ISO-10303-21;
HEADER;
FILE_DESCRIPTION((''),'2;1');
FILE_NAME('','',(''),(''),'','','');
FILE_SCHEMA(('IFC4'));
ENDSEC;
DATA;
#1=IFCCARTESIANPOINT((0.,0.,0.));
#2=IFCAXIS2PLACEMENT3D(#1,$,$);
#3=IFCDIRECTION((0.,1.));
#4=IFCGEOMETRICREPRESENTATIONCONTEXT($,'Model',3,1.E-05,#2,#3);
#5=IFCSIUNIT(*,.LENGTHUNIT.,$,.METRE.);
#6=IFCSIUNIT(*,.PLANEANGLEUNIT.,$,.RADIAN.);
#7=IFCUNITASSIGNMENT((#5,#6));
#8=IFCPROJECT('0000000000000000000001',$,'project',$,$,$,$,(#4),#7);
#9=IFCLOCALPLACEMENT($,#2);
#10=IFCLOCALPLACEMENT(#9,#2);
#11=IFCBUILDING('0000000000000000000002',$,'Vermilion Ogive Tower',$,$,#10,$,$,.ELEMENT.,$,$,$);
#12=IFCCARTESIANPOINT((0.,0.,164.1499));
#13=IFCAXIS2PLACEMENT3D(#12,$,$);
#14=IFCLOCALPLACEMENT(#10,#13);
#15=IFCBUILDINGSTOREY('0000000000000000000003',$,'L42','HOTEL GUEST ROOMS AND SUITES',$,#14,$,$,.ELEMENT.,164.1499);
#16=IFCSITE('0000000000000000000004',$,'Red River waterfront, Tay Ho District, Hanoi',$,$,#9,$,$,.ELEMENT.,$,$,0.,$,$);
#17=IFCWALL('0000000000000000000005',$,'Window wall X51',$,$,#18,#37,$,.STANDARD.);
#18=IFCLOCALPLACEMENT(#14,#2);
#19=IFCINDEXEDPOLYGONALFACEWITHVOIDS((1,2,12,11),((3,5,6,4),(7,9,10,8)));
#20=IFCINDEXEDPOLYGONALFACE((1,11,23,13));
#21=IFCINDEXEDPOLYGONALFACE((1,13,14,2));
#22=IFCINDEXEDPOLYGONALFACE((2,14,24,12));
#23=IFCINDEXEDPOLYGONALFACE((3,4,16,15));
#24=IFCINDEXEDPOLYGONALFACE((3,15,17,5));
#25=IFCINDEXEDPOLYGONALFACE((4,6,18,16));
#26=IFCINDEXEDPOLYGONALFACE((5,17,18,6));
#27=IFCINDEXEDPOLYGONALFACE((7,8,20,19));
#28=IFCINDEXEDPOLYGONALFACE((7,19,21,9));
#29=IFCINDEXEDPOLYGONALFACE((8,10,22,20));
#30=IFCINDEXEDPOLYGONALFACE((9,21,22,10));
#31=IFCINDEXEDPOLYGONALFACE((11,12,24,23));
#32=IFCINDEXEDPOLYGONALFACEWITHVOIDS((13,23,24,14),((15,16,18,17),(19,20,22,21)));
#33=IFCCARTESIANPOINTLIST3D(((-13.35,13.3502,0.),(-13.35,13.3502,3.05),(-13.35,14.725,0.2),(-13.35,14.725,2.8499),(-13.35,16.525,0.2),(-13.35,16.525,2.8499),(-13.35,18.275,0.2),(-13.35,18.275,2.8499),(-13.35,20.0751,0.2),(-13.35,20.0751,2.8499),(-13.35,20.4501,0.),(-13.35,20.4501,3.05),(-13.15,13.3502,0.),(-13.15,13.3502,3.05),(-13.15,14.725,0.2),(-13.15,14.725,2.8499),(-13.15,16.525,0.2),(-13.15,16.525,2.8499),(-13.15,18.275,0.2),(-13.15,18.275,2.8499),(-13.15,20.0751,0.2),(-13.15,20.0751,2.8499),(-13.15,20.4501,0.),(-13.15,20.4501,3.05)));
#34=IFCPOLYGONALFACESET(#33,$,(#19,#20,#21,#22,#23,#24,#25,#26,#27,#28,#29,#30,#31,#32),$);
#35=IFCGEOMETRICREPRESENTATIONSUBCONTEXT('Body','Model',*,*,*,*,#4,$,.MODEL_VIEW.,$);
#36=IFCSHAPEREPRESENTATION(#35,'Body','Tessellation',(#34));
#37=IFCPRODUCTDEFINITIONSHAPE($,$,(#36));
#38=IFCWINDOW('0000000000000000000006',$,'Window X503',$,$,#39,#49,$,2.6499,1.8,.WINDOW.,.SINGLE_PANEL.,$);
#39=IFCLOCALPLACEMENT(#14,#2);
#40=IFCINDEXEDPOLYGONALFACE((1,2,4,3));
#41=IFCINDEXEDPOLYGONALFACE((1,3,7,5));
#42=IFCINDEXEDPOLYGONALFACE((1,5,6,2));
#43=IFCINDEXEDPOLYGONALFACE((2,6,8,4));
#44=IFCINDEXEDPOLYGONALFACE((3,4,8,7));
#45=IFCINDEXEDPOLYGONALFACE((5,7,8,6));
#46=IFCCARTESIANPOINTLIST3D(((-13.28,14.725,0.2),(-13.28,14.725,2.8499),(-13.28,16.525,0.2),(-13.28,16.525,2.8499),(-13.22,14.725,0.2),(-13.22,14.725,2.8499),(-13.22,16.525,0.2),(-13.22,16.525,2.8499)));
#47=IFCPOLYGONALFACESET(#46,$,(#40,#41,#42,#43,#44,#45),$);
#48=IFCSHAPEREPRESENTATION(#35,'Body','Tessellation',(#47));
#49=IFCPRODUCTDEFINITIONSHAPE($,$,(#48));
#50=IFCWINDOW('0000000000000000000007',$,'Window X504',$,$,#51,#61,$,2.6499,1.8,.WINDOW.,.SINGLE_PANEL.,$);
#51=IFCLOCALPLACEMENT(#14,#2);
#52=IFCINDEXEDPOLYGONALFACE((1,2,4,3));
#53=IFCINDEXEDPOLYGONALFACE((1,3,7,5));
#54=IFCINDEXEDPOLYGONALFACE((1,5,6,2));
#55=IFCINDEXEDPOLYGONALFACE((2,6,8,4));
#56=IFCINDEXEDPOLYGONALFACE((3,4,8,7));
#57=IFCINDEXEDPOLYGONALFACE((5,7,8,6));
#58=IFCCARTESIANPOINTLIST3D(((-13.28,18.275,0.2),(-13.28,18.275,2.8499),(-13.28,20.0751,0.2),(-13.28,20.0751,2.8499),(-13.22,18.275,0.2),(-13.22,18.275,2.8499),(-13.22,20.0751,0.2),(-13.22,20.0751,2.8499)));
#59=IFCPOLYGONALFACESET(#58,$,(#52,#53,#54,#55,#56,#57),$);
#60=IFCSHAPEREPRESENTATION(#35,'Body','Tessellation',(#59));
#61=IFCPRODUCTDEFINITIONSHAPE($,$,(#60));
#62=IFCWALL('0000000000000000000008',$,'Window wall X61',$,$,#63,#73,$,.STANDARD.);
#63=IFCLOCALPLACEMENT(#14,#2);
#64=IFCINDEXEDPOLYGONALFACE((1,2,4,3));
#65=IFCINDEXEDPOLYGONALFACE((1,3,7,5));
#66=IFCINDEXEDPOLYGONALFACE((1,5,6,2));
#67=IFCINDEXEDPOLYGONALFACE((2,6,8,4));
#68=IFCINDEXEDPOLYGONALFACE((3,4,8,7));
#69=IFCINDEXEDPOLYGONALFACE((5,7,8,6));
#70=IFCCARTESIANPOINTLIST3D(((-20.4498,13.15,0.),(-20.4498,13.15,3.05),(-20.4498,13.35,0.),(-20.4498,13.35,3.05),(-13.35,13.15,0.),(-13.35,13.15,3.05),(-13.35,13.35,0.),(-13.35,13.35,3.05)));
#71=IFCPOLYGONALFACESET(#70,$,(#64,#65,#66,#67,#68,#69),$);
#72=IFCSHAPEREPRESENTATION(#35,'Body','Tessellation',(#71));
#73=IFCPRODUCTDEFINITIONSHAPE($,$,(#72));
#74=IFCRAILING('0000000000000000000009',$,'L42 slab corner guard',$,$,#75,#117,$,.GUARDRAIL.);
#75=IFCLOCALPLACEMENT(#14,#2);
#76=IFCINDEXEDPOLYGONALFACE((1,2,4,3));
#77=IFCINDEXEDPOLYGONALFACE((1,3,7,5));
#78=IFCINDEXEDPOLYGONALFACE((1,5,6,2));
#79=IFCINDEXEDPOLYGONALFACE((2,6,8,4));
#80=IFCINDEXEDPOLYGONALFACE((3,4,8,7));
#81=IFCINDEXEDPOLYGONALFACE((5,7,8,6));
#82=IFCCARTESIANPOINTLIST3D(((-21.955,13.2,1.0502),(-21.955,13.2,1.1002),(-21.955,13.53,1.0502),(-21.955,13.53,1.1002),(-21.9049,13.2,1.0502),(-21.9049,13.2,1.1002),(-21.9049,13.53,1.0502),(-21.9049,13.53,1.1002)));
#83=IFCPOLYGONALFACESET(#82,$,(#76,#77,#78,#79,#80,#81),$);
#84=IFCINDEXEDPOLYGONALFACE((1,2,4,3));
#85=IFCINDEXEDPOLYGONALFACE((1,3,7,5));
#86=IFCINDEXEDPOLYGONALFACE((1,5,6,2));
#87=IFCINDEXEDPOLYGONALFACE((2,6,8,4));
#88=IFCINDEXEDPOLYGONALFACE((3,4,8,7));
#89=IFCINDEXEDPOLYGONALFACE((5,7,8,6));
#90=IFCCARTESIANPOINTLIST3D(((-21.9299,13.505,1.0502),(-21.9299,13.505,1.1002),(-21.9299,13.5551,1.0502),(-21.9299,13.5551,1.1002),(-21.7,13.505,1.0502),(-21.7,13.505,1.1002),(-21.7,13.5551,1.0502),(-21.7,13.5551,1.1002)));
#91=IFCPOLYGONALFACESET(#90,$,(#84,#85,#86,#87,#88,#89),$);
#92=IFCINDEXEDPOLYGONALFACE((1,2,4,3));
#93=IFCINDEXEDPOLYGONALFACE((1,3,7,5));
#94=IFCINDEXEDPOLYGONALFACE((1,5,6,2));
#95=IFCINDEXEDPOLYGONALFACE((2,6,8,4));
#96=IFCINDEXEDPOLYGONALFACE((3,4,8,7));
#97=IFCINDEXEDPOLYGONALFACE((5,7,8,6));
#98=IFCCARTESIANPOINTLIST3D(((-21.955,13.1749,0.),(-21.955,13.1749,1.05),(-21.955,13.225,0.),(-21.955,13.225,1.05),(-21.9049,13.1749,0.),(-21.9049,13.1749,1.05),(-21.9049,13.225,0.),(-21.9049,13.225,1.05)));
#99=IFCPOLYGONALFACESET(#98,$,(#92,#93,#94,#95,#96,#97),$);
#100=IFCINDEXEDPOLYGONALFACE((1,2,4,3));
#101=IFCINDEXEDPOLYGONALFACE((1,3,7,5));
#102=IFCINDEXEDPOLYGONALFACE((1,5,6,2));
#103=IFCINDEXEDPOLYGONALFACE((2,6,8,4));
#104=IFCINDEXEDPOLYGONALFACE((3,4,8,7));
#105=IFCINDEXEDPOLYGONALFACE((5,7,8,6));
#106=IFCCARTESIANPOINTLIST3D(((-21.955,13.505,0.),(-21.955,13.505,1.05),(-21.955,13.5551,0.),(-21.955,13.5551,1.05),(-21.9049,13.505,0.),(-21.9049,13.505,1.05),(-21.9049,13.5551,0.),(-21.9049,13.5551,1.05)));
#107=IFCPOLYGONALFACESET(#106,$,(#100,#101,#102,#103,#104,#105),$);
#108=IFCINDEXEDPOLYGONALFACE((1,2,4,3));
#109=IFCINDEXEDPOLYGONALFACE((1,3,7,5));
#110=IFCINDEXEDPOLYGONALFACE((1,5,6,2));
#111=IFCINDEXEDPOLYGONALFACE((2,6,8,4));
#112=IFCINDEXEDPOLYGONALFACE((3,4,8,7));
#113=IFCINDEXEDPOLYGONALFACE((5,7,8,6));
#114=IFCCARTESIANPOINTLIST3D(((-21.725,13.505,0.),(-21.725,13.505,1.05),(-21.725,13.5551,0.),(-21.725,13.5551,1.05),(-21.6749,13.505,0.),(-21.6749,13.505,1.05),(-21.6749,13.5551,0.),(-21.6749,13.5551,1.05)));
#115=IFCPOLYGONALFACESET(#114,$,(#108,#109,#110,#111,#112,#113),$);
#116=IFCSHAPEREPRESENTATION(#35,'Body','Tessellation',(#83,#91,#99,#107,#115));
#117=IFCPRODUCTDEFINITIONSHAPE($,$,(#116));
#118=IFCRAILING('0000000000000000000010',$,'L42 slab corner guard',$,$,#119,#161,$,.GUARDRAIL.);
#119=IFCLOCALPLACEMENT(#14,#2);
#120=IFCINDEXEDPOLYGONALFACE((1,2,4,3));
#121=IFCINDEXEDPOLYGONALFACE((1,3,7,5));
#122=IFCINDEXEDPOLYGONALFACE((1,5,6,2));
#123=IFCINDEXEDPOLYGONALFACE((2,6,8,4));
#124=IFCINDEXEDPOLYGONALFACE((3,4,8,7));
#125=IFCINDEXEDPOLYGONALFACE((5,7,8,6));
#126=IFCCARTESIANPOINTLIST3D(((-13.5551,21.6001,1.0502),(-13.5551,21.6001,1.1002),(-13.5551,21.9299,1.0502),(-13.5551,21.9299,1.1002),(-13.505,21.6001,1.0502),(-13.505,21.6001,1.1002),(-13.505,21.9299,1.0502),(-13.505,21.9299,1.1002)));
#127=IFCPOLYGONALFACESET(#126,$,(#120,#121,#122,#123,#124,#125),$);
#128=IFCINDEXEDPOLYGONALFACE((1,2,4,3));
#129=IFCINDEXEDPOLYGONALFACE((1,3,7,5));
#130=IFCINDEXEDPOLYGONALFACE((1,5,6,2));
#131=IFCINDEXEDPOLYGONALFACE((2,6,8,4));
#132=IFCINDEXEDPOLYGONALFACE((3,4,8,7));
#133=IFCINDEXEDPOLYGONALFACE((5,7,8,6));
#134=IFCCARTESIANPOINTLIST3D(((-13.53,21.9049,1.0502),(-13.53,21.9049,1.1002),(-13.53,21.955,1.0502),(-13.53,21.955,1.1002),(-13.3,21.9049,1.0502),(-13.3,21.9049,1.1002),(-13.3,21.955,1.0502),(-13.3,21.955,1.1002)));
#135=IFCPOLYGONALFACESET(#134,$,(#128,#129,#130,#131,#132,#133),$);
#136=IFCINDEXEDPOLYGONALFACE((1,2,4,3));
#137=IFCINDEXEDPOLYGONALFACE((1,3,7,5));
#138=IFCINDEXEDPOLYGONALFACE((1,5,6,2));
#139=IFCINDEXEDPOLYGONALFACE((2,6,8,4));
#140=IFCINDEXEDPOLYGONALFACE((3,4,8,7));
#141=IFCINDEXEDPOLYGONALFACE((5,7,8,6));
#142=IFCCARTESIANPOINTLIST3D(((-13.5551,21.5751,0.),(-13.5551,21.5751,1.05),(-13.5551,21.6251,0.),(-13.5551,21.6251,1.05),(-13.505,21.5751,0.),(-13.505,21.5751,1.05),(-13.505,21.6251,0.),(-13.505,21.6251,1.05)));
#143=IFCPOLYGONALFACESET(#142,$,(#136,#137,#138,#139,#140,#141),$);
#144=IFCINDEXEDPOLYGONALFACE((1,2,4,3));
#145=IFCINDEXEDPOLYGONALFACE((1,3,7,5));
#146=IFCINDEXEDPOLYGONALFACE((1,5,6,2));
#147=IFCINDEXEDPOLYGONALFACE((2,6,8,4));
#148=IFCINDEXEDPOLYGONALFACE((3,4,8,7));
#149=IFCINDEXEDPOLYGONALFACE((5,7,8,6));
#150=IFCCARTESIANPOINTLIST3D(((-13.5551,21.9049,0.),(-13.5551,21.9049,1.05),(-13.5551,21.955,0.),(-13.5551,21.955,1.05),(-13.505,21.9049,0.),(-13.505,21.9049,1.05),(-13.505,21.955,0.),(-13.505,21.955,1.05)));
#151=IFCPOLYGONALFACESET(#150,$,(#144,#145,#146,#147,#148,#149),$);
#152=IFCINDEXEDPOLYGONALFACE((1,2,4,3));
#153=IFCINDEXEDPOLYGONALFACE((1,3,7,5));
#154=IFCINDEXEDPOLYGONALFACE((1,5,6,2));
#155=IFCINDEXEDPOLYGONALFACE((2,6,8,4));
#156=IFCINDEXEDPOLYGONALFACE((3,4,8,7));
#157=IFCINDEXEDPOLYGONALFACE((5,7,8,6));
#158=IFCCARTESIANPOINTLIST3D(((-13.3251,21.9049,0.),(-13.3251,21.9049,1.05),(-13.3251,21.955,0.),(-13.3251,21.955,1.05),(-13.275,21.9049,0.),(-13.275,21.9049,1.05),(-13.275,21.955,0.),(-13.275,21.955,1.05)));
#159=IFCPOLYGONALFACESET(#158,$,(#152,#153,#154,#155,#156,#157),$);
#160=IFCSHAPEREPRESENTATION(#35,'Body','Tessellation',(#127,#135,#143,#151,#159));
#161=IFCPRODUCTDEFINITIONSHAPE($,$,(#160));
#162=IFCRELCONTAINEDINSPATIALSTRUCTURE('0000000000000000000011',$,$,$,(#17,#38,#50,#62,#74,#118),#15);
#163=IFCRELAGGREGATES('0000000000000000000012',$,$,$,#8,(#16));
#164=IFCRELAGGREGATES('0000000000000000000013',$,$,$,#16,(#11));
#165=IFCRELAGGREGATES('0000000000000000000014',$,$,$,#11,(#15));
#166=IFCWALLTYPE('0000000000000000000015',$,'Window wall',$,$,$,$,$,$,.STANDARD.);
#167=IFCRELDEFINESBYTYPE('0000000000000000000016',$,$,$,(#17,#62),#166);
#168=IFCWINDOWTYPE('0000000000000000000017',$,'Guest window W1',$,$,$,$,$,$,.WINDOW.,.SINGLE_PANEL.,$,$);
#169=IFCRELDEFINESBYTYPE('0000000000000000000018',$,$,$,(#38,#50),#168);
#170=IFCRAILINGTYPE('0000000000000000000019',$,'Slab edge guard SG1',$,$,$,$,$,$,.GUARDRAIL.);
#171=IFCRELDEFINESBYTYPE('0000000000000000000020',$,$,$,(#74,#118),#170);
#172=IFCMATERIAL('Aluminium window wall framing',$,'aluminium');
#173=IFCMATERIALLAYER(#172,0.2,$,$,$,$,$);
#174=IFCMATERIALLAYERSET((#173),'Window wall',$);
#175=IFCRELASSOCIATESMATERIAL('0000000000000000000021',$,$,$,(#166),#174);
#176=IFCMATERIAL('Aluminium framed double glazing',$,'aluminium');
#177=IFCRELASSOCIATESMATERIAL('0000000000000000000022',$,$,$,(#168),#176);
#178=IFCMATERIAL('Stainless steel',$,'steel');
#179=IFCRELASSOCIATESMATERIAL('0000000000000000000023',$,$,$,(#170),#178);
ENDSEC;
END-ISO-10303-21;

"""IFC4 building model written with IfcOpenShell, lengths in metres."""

from ifc_helpers import new_model, si_unit, direction, frame, frame_2d, origin, origin_2d, place, context, subcontext, project, spatial, rectangle, extrude, material, layer, layer_set, type_object, element, fill, save


model = new_model("IFC4")

# Units and contexts
model_context = context("Model", 3, precision=1e-05, world=origin(), true_north=direction((0.0, 1.0)))
body_context = subcontext(model_context, "Body", "Model", "MODEL_VIEW")
ifc_project = project(units=[si_unit("LENGTHUNIT", "METRE"), si_unit("PLANEANGLEUNIT", "RADIAN")], contexts=[model_context])

# Site, building, storey
site_placement = place(None, origin())
site = spatial("IfcSite", under=ifc_project, at=site_placement, Name="Red River waterfront, Tay Ho District, Hanoi", CompositionType="ELEMENT", RefElevation=0.0)
building_placement = place(site_placement, origin())
building = spatial("IfcBuilding", under=site, at=building_placement, Name="Vermilion Ogive Tower", CompositionType="ELEMENT")
storey_placement = place(building_placement, frame((0.0, 0.0, 164.1499)))
storey = spatial("IfcBuildingStorey", under=building, at=storey_placement, Name="L42", Description="HOTEL GUEST ROOMS AND SUITES", CompositionType="ELEMENT", Elevation=164.1499)

# Wall, openings, windows
ifc_material_1 = material(Name="Aluminium window wall framing", Category="aluminium")
ifc_layer_1 = layer(ifc_material_1, 0.2)
ifc_layer_set_1 = layer_set([ifc_layer_1], Name="Window wall")
wall_type_1 = type_object("IfcWallType", Name="Window wall", PredefinedType="STANDARD", material=ifc_layer_set_1)
wall_1_placement = place(storey_placement, frame((-13.25, 20.45, 0.0), z_axis=(0.0, 0.0, 1.0), x_axis=(0.0, -1.0, 0.0)))
wall_1 = element("IfcWall", 1, at=wall_1_placement, inside=storey, type_object=wall_type_1, Name="Window wall X51", PredefinedType="STANDARD", context=body_context, shape_type="SweptSolid", body=[
    extrude(rectangle(XDim=7.0999, YDim=0.2, at=frame_2d((3.5498, 0.0))), origin(), (0.0, 0.0, 1.0), 3.05),
])
opening_1_placement = place(wall_1_placement, frame((3.925, 0.0, 0.2)))
opening_1 = element("IfcOpeningElement", 2, at=opening_1_placement, cuts=wall_1, PredefinedType="OPENING", context=body_context, shape_type="SweptSolid", body=[
    extrude(rectangle(XDim=1.8, YDim=2.6499, at=frame_2d((0.8999, 1.325))), frame((0.0, 0.1099, 0.0), z_axis=(0.0, -1.0, 0.0), x_axis=(1.0, 0.0, 0.0)), (0.0, 0.0, 1.0), 0.22),
])
opening_2_placement = place(wall_1_placement, frame((0.375, 0.0, 0.2)))
opening_2 = element("IfcOpeningElement", 3, at=opening_2_placement, cuts=wall_1, PredefinedType="OPENING", context=body_context, shape_type="SweptSolid", body=[
    extrude(rectangle(XDim=1.8, YDim=2.6499, at=frame_2d((0.8999, 1.325))), frame((0.0, 0.1099, 0.0), z_axis=(0.0, -1.0, 0.0), x_axis=(1.0, 0.0, 0.0)), (0.0, 0.0, 1.0), 0.22),
])
ifc_material_2 = material(Name="Aluminium framed double glazing", Category="aluminium")
window_type = type_object("IfcWindowType", Name="Guest window W1", PartitioningType="SINGLE_PANEL", PredefinedType="WINDOW", material=ifc_material_2)
window_1_placement = place(opening_1_placement, origin())
window_1 = element("IfcWindow", 4, at=window_1_placement, inside=storey, type_object=window_type, Name="Window X503", OverallHeight=2.6499, OverallWidth=1.8, PartitioningType="SINGLE_PANEL", PredefinedType="WINDOW", context=body_context, shape_type="SweptSolid", body=[
    extrude(rectangle(XDim=1.8, YDim=2.6499, at=frame_2d((0.8999, 1.325))), frame((0.0, 0.03, 0.0), z_axis=(0.0, -1.0, 0.0), x_axis=(1.0, 0.0, 0.0)), (0.0, 0.0, 1.0), 0.0601),
])
fill(opening_1, window_1)
window_2_placement = place(opening_2_placement, origin())
window_2 = element("IfcWindow", 5, at=window_2_placement, inside=storey, type_object=window_type, Name="Window X504", OverallHeight=2.6499, OverallWidth=1.8, PartitioningType="SINGLE_PANEL", PredefinedType="WINDOW", context=body_context, shape_type="SweptSolid", body=[
    extrude(rectangle(XDim=1.8, YDim=2.6499, at=frame_2d((0.8999, 1.325))), frame((0.0, 0.03, 0.0), z_axis=(0.0, -1.0, 0.0), x_axis=(1.0, 0.0, 0.0)), (0.0, 0.0, 1.0), 0.0601),
])
fill(opening_2, window_2)

# Wall
wall_2_placement = place(storey_placement, frame((-13.3501, 13.25, 0.0), z_axis=(0.0, 0.0, 1.0), x_axis=(-1.0, 0.0, 0.0)))
element("IfcWall", 6, at=wall_2_placement, inside=storey, type_object=wall_type_1, Name="Window wall X61", PredefinedType="STANDARD", context=body_context, shape_type="SweptSolid", body=[
    extrude(rectangle(XDim=7.0999, YDim=0.2, at=frame_2d((3.5498, 0.0))), origin(), (0.0, 0.0, 1.0), 3.05),
])

# Railings
ifc_material_3 = material(Name="Stainless steel", Category="steel")
railing_type = type_object("IfcRailingType", Name="Slab edge guard SG1", PredefinedType="GUARDRAIL", material=ifc_material_3)
railing_1_placement = place(storey_placement, frame((-21.9299, 13.2, 0.0)))
element("IfcRailing", 7, at=railing_1_placement, inside=storey, type_object=railing_type, Name="L42 slab corner guard", PredefinedType="GUARDRAIL", context=body_context, shape_type="SweptSolid", body=[
    extrude(rectangle(XDim=0.05, YDim=0.05, at=origin_2d()), frame((0.0, 0.0, 1.0752), z_axis=(0.0, 1.0, 0.0), x_axis=(-1.0, 0.0, 0.0)), (0.0, 0.0, 1.0), 0.3301),
    extrude(rectangle(XDim=0.05, YDim=0.05, at=origin_2d()), frame((0.0, 0.3301, 1.0752), z_axis=(1.0, 0.0, 0.0), x_axis=(0.0, 1.0, 0.0)), (0.0, 0.0, 1.0), 0.23),
    extrude(rectangle(XDim=0.05, YDim=0.05, at=origin_2d()), origin(), (0.0, 0.0, 1.0), 1.05),
    extrude(rectangle(XDim=0.05, YDim=0.05, at=origin_2d()), frame((0.0, 0.3301, 0.0)), (0.0, 0.0, 1.0), 1.05),
    extrude(rectangle(XDim=0.05, YDim=0.05, at=origin_2d()), frame((0.23, 0.3301, 0.0)), (0.0, 0.0, 1.0), 1.05),
])
railing_2_placement = place(storey_placement, frame((-13.53, 21.6001, 0.0)))
element("IfcRailing", 8, at=railing_2_placement, inside=storey, type_object=railing_type, Name="L42 slab corner guard", PredefinedType="GUARDRAIL", context=body_context, shape_type="SweptSolid", body=[
    extrude(rectangle(XDim=0.05, YDim=0.05, at=origin_2d()), frame((0.0, 0.0, 1.0752), z_axis=(0.0, 1.0, 0.0), x_axis=(-1.0, 0.0, 0.0)), (0.0, 0.0, 1.0), 0.3298),
    extrude(rectangle(XDim=0.05, YDim=0.05, at=origin_2d()), frame((0.0, 0.3298, 1.0752), z_axis=(1.0, 0.0, 0.0), x_axis=(0.0, 1.0, 0.0)), (0.0, 0.0, 1.0), 0.23),
    extrude(rectangle(XDim=0.05, YDim=0.05, at=origin_2d()), origin(), (0.0, 0.0, 1.0), 1.05),
    extrude(rectangle(XDim=0.05, YDim=0.05, at=origin_2d()), frame((0.0, 0.3298, 0.0)), (0.0, 0.0, 1.0), 1.05),
    extrude(rectangle(XDim=0.05, YDim=0.05, at=origin_2d()), frame((0.23, 0.3298, 0.0)), (0.0, 0.0, 1.0), 1.05),
])

save(model, "model.ifc")
